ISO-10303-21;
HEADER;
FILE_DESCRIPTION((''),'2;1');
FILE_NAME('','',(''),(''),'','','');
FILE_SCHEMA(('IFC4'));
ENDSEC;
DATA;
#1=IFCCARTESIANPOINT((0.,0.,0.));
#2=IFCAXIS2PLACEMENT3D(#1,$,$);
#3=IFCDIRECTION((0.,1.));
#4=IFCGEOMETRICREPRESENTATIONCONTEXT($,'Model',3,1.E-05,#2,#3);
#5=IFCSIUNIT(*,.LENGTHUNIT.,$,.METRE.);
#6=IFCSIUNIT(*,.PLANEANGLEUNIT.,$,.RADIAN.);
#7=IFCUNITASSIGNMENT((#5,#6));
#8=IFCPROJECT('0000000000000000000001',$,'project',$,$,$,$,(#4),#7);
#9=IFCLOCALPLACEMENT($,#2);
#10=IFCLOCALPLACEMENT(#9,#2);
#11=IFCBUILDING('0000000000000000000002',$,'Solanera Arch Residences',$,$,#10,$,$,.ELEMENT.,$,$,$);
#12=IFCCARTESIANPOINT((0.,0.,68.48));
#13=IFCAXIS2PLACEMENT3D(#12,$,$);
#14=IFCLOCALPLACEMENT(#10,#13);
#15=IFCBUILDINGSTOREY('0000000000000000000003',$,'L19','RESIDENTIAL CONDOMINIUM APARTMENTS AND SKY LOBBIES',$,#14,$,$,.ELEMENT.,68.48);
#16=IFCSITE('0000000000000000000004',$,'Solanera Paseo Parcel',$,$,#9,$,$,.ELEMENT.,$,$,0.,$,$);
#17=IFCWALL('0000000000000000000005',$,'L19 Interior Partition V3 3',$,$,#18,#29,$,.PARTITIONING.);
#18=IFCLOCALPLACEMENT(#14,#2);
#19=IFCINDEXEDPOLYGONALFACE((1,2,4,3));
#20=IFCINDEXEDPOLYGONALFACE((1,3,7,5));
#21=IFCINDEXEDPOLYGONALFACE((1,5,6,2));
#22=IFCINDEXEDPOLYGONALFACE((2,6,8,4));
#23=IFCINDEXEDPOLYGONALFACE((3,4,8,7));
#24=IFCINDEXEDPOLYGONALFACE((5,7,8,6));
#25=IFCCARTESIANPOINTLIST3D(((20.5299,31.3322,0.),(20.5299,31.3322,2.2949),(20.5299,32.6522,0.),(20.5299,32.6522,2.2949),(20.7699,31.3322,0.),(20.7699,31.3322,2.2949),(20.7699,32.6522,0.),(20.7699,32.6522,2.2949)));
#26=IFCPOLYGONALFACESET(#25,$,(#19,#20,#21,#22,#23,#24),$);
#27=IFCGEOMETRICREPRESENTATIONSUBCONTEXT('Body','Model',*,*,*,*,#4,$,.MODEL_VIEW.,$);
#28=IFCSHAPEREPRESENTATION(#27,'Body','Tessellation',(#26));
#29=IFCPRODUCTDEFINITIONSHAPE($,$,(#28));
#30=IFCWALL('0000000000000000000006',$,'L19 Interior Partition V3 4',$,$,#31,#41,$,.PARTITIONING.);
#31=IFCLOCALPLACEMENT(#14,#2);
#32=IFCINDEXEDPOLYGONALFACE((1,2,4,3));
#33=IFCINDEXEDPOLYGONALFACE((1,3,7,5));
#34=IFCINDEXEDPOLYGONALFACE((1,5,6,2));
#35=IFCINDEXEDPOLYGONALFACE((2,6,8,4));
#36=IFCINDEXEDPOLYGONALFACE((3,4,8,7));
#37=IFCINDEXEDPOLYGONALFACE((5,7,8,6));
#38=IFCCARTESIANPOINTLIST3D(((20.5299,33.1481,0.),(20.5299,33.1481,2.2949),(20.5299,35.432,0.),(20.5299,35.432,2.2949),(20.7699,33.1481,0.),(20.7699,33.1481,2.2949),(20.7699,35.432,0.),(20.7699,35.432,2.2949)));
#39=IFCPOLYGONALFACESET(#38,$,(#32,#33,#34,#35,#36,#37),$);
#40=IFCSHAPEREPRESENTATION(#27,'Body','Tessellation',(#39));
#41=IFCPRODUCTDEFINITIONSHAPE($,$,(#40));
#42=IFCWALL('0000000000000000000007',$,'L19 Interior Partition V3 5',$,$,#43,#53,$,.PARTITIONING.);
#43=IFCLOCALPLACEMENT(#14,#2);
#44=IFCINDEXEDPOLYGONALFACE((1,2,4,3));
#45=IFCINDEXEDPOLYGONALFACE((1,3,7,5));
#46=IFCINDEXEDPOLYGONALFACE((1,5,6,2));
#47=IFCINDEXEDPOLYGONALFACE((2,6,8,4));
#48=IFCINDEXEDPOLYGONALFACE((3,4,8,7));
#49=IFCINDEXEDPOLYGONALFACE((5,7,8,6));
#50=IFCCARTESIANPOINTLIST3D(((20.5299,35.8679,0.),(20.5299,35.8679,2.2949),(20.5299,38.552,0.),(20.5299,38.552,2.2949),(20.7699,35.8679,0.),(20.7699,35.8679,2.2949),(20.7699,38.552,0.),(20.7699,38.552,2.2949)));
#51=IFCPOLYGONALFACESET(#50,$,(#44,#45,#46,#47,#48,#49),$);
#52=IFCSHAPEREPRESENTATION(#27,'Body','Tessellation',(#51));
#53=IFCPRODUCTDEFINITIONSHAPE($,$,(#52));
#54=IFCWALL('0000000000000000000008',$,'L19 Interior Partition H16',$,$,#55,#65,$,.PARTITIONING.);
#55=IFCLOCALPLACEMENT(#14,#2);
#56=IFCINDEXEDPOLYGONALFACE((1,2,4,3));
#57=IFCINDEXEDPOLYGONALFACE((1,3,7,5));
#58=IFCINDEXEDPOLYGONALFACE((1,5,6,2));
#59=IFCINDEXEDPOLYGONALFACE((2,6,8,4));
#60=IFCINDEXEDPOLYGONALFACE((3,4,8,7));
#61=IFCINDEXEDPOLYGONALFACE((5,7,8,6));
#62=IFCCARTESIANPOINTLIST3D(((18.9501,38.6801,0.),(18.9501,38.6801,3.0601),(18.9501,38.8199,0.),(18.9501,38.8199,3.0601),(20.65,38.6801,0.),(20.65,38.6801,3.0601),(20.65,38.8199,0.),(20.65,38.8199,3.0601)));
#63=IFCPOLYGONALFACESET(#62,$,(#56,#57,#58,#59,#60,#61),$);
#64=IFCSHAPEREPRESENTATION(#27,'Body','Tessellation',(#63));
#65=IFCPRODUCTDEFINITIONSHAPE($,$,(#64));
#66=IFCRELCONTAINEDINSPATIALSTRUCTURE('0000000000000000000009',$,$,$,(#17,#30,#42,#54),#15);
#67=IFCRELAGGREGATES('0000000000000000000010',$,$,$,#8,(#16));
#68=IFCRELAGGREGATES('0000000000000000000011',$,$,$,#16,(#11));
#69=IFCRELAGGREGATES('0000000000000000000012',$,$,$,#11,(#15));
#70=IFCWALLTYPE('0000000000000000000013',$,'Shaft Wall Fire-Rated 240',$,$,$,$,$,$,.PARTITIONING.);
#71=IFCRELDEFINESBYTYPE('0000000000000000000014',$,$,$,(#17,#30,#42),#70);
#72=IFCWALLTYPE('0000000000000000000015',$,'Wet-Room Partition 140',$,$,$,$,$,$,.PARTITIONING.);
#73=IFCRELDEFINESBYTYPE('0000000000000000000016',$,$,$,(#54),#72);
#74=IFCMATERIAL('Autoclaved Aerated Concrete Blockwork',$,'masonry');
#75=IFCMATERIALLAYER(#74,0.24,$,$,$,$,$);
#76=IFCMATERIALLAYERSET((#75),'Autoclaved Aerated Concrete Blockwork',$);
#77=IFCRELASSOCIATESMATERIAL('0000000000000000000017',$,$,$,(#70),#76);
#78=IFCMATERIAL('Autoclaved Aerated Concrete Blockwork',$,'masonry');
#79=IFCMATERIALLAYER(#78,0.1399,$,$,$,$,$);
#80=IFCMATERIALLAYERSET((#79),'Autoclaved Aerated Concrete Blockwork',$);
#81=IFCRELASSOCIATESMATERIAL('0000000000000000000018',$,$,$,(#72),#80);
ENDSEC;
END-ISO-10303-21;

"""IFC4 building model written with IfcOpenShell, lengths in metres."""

from ifc_helpers import new_model, si_unit, direction, frame, frame_2d, origin, place, context, subcontext, project, spatial, rectangle, extrude, material, layer, layer_set, type_object, element, save


model = new_model("IFC4")

# Units and contexts
model_context = context("Model", 3, precision=1e-05, world=origin(), true_north=direction((0.0, 1.0)))
body_context = subcontext(model_context, "Body", "Model", "MODEL_VIEW")
ifc_project = project(units=[si_unit("LENGTHUNIT", "METRE"), si_unit("PLANEANGLEUNIT", "RADIAN")], contexts=[model_context])

# Site, building, storey
site_placement = place(None, origin())
site = spatial("IfcSite", under=ifc_project, at=site_placement, Name="Solanera Paseo Parcel", CompositionType="ELEMENT", RefElevation=0.0)
building_placement = place(site_placement, origin())
building = spatial("IfcBuilding", under=site, at=building_placement, Name="Solanera Arch Residences", CompositionType="ELEMENT")
storey_placement = place(building_placement, frame((0.0, 0.0, 68.48)))
storey = spatial("IfcBuildingStorey", under=building, at=storey_placement, Name="L19", Description="RESIDENTIAL CONDOMINIUM APARTMENTS AND SKY LOBBIES", CompositionType="ELEMENT", Elevation=68.48)

# Shared definitions
ifc_material_1 = material(Name="Autoclaved Aerated Concrete Blockwork", Category="masonry")
ifc_layer_1 = layer(ifc_material_1, 0.24)
ifc_layer_set_1 = layer_set([ifc_layer_1], Name="Autoclaved Aerated Concrete Blockwork")
wall_type_1 = type_object("IfcWallType", Name="Shaft Wall Fire-Rated 240", PredefinedType="PARTITIONING", material=ifc_layer_set_1)

# Walls
wall_1_placement = place(storey_placement, frame((20.6499, 31.332, 0.0), z_axis=(0.0, 0.0, 1.0), x_axis=(0.0, 1.0, 0.0)))
element("IfcWall", 1, at=wall_1_placement, inside=storey, type_object=wall_type_1, Name="L19 Interior Partition V3 3", PredefinedType="PARTITIONING", context=body_context, shape_type="SweptSolid", body=[
    extrude(rectangle(XDim=1.3201, YDim=0.24, at=frame_2d((0.6602, 0.0))), origin(), (0.0, 0.0, 1.0), 2.2949),
])
wall_2_placement = place(storey_placement, frame((20.6499, 33.1479, 0.0), z_axis=(0.0, 0.0, 1.0), x_axis=(0.0, 1.0, 0.0)))
element("IfcWall", 2, at=wall_2_placement, inside=storey, type_object=wall_type_1, Name="L19 Interior Partition V3 4", PredefinedType="PARTITIONING", context=body_context, shape_type="SweptSolid", body=[
    extrude(rectangle(XDim=2.2839, YDim=0.24, at=frame_2d((1.1421, 0.0))), origin(), (0.0, 0.0, 1.0), 2.2949),
])
wall_3_placement = place(storey_placement, frame((20.6499, 35.8679, 0.0), z_axis=(0.0, 0.0, 1.0), x_axis=(0.0, 1.0, 0.0)))
element("IfcWall", 3, at=wall_3_placement, inside=storey, type_object=wall_type_1, Name="L19 Interior Partition V3 5", PredefinedType="PARTITIONING", context=body_context, shape_type="SweptSolid", body=[
    extrude(rectangle(XDim=2.6841, YDim=0.24, at=frame_2d((1.342, 0.0))), origin(), (0.0, 0.0, 1.0), 2.2949),
])
ifc_material_2 = material(Name="Autoclaved Aerated Concrete Blockwork", Category="masonry")
ifc_layer_2 = layer(ifc_material_2, 0.1399)
ifc_layer_set_2 = layer_set([ifc_layer_2], Name="Autoclaved Aerated Concrete Blockwork")
wall_type_2 = type_object("IfcWallType", Name="Wet-Room Partition 140", PredefinedType="PARTITIONING", material=ifc_layer_set_2)
wall_4_placement = place(storey_placement, frame((18.95, 38.75, 0.0), z_axis=(0.0, 0.0, 1.0), x_axis=(1.0, 0.0, 0.0)))
element("IfcWall", 4, at=wall_4_placement, inside=storey, type_object=wall_type_2, Name="L19 Interior Partition H16", PredefinedType="PARTITIONING", context=body_context, shape_type="SweptSolid", body=[
    extrude(rectangle(XDim=1.7, YDim=0.1399, at=frame_2d((0.8501, 0.0))), origin(), (0.0, 0.0, 1.0), 3.0601),
])

save(model, "model.ifc")
